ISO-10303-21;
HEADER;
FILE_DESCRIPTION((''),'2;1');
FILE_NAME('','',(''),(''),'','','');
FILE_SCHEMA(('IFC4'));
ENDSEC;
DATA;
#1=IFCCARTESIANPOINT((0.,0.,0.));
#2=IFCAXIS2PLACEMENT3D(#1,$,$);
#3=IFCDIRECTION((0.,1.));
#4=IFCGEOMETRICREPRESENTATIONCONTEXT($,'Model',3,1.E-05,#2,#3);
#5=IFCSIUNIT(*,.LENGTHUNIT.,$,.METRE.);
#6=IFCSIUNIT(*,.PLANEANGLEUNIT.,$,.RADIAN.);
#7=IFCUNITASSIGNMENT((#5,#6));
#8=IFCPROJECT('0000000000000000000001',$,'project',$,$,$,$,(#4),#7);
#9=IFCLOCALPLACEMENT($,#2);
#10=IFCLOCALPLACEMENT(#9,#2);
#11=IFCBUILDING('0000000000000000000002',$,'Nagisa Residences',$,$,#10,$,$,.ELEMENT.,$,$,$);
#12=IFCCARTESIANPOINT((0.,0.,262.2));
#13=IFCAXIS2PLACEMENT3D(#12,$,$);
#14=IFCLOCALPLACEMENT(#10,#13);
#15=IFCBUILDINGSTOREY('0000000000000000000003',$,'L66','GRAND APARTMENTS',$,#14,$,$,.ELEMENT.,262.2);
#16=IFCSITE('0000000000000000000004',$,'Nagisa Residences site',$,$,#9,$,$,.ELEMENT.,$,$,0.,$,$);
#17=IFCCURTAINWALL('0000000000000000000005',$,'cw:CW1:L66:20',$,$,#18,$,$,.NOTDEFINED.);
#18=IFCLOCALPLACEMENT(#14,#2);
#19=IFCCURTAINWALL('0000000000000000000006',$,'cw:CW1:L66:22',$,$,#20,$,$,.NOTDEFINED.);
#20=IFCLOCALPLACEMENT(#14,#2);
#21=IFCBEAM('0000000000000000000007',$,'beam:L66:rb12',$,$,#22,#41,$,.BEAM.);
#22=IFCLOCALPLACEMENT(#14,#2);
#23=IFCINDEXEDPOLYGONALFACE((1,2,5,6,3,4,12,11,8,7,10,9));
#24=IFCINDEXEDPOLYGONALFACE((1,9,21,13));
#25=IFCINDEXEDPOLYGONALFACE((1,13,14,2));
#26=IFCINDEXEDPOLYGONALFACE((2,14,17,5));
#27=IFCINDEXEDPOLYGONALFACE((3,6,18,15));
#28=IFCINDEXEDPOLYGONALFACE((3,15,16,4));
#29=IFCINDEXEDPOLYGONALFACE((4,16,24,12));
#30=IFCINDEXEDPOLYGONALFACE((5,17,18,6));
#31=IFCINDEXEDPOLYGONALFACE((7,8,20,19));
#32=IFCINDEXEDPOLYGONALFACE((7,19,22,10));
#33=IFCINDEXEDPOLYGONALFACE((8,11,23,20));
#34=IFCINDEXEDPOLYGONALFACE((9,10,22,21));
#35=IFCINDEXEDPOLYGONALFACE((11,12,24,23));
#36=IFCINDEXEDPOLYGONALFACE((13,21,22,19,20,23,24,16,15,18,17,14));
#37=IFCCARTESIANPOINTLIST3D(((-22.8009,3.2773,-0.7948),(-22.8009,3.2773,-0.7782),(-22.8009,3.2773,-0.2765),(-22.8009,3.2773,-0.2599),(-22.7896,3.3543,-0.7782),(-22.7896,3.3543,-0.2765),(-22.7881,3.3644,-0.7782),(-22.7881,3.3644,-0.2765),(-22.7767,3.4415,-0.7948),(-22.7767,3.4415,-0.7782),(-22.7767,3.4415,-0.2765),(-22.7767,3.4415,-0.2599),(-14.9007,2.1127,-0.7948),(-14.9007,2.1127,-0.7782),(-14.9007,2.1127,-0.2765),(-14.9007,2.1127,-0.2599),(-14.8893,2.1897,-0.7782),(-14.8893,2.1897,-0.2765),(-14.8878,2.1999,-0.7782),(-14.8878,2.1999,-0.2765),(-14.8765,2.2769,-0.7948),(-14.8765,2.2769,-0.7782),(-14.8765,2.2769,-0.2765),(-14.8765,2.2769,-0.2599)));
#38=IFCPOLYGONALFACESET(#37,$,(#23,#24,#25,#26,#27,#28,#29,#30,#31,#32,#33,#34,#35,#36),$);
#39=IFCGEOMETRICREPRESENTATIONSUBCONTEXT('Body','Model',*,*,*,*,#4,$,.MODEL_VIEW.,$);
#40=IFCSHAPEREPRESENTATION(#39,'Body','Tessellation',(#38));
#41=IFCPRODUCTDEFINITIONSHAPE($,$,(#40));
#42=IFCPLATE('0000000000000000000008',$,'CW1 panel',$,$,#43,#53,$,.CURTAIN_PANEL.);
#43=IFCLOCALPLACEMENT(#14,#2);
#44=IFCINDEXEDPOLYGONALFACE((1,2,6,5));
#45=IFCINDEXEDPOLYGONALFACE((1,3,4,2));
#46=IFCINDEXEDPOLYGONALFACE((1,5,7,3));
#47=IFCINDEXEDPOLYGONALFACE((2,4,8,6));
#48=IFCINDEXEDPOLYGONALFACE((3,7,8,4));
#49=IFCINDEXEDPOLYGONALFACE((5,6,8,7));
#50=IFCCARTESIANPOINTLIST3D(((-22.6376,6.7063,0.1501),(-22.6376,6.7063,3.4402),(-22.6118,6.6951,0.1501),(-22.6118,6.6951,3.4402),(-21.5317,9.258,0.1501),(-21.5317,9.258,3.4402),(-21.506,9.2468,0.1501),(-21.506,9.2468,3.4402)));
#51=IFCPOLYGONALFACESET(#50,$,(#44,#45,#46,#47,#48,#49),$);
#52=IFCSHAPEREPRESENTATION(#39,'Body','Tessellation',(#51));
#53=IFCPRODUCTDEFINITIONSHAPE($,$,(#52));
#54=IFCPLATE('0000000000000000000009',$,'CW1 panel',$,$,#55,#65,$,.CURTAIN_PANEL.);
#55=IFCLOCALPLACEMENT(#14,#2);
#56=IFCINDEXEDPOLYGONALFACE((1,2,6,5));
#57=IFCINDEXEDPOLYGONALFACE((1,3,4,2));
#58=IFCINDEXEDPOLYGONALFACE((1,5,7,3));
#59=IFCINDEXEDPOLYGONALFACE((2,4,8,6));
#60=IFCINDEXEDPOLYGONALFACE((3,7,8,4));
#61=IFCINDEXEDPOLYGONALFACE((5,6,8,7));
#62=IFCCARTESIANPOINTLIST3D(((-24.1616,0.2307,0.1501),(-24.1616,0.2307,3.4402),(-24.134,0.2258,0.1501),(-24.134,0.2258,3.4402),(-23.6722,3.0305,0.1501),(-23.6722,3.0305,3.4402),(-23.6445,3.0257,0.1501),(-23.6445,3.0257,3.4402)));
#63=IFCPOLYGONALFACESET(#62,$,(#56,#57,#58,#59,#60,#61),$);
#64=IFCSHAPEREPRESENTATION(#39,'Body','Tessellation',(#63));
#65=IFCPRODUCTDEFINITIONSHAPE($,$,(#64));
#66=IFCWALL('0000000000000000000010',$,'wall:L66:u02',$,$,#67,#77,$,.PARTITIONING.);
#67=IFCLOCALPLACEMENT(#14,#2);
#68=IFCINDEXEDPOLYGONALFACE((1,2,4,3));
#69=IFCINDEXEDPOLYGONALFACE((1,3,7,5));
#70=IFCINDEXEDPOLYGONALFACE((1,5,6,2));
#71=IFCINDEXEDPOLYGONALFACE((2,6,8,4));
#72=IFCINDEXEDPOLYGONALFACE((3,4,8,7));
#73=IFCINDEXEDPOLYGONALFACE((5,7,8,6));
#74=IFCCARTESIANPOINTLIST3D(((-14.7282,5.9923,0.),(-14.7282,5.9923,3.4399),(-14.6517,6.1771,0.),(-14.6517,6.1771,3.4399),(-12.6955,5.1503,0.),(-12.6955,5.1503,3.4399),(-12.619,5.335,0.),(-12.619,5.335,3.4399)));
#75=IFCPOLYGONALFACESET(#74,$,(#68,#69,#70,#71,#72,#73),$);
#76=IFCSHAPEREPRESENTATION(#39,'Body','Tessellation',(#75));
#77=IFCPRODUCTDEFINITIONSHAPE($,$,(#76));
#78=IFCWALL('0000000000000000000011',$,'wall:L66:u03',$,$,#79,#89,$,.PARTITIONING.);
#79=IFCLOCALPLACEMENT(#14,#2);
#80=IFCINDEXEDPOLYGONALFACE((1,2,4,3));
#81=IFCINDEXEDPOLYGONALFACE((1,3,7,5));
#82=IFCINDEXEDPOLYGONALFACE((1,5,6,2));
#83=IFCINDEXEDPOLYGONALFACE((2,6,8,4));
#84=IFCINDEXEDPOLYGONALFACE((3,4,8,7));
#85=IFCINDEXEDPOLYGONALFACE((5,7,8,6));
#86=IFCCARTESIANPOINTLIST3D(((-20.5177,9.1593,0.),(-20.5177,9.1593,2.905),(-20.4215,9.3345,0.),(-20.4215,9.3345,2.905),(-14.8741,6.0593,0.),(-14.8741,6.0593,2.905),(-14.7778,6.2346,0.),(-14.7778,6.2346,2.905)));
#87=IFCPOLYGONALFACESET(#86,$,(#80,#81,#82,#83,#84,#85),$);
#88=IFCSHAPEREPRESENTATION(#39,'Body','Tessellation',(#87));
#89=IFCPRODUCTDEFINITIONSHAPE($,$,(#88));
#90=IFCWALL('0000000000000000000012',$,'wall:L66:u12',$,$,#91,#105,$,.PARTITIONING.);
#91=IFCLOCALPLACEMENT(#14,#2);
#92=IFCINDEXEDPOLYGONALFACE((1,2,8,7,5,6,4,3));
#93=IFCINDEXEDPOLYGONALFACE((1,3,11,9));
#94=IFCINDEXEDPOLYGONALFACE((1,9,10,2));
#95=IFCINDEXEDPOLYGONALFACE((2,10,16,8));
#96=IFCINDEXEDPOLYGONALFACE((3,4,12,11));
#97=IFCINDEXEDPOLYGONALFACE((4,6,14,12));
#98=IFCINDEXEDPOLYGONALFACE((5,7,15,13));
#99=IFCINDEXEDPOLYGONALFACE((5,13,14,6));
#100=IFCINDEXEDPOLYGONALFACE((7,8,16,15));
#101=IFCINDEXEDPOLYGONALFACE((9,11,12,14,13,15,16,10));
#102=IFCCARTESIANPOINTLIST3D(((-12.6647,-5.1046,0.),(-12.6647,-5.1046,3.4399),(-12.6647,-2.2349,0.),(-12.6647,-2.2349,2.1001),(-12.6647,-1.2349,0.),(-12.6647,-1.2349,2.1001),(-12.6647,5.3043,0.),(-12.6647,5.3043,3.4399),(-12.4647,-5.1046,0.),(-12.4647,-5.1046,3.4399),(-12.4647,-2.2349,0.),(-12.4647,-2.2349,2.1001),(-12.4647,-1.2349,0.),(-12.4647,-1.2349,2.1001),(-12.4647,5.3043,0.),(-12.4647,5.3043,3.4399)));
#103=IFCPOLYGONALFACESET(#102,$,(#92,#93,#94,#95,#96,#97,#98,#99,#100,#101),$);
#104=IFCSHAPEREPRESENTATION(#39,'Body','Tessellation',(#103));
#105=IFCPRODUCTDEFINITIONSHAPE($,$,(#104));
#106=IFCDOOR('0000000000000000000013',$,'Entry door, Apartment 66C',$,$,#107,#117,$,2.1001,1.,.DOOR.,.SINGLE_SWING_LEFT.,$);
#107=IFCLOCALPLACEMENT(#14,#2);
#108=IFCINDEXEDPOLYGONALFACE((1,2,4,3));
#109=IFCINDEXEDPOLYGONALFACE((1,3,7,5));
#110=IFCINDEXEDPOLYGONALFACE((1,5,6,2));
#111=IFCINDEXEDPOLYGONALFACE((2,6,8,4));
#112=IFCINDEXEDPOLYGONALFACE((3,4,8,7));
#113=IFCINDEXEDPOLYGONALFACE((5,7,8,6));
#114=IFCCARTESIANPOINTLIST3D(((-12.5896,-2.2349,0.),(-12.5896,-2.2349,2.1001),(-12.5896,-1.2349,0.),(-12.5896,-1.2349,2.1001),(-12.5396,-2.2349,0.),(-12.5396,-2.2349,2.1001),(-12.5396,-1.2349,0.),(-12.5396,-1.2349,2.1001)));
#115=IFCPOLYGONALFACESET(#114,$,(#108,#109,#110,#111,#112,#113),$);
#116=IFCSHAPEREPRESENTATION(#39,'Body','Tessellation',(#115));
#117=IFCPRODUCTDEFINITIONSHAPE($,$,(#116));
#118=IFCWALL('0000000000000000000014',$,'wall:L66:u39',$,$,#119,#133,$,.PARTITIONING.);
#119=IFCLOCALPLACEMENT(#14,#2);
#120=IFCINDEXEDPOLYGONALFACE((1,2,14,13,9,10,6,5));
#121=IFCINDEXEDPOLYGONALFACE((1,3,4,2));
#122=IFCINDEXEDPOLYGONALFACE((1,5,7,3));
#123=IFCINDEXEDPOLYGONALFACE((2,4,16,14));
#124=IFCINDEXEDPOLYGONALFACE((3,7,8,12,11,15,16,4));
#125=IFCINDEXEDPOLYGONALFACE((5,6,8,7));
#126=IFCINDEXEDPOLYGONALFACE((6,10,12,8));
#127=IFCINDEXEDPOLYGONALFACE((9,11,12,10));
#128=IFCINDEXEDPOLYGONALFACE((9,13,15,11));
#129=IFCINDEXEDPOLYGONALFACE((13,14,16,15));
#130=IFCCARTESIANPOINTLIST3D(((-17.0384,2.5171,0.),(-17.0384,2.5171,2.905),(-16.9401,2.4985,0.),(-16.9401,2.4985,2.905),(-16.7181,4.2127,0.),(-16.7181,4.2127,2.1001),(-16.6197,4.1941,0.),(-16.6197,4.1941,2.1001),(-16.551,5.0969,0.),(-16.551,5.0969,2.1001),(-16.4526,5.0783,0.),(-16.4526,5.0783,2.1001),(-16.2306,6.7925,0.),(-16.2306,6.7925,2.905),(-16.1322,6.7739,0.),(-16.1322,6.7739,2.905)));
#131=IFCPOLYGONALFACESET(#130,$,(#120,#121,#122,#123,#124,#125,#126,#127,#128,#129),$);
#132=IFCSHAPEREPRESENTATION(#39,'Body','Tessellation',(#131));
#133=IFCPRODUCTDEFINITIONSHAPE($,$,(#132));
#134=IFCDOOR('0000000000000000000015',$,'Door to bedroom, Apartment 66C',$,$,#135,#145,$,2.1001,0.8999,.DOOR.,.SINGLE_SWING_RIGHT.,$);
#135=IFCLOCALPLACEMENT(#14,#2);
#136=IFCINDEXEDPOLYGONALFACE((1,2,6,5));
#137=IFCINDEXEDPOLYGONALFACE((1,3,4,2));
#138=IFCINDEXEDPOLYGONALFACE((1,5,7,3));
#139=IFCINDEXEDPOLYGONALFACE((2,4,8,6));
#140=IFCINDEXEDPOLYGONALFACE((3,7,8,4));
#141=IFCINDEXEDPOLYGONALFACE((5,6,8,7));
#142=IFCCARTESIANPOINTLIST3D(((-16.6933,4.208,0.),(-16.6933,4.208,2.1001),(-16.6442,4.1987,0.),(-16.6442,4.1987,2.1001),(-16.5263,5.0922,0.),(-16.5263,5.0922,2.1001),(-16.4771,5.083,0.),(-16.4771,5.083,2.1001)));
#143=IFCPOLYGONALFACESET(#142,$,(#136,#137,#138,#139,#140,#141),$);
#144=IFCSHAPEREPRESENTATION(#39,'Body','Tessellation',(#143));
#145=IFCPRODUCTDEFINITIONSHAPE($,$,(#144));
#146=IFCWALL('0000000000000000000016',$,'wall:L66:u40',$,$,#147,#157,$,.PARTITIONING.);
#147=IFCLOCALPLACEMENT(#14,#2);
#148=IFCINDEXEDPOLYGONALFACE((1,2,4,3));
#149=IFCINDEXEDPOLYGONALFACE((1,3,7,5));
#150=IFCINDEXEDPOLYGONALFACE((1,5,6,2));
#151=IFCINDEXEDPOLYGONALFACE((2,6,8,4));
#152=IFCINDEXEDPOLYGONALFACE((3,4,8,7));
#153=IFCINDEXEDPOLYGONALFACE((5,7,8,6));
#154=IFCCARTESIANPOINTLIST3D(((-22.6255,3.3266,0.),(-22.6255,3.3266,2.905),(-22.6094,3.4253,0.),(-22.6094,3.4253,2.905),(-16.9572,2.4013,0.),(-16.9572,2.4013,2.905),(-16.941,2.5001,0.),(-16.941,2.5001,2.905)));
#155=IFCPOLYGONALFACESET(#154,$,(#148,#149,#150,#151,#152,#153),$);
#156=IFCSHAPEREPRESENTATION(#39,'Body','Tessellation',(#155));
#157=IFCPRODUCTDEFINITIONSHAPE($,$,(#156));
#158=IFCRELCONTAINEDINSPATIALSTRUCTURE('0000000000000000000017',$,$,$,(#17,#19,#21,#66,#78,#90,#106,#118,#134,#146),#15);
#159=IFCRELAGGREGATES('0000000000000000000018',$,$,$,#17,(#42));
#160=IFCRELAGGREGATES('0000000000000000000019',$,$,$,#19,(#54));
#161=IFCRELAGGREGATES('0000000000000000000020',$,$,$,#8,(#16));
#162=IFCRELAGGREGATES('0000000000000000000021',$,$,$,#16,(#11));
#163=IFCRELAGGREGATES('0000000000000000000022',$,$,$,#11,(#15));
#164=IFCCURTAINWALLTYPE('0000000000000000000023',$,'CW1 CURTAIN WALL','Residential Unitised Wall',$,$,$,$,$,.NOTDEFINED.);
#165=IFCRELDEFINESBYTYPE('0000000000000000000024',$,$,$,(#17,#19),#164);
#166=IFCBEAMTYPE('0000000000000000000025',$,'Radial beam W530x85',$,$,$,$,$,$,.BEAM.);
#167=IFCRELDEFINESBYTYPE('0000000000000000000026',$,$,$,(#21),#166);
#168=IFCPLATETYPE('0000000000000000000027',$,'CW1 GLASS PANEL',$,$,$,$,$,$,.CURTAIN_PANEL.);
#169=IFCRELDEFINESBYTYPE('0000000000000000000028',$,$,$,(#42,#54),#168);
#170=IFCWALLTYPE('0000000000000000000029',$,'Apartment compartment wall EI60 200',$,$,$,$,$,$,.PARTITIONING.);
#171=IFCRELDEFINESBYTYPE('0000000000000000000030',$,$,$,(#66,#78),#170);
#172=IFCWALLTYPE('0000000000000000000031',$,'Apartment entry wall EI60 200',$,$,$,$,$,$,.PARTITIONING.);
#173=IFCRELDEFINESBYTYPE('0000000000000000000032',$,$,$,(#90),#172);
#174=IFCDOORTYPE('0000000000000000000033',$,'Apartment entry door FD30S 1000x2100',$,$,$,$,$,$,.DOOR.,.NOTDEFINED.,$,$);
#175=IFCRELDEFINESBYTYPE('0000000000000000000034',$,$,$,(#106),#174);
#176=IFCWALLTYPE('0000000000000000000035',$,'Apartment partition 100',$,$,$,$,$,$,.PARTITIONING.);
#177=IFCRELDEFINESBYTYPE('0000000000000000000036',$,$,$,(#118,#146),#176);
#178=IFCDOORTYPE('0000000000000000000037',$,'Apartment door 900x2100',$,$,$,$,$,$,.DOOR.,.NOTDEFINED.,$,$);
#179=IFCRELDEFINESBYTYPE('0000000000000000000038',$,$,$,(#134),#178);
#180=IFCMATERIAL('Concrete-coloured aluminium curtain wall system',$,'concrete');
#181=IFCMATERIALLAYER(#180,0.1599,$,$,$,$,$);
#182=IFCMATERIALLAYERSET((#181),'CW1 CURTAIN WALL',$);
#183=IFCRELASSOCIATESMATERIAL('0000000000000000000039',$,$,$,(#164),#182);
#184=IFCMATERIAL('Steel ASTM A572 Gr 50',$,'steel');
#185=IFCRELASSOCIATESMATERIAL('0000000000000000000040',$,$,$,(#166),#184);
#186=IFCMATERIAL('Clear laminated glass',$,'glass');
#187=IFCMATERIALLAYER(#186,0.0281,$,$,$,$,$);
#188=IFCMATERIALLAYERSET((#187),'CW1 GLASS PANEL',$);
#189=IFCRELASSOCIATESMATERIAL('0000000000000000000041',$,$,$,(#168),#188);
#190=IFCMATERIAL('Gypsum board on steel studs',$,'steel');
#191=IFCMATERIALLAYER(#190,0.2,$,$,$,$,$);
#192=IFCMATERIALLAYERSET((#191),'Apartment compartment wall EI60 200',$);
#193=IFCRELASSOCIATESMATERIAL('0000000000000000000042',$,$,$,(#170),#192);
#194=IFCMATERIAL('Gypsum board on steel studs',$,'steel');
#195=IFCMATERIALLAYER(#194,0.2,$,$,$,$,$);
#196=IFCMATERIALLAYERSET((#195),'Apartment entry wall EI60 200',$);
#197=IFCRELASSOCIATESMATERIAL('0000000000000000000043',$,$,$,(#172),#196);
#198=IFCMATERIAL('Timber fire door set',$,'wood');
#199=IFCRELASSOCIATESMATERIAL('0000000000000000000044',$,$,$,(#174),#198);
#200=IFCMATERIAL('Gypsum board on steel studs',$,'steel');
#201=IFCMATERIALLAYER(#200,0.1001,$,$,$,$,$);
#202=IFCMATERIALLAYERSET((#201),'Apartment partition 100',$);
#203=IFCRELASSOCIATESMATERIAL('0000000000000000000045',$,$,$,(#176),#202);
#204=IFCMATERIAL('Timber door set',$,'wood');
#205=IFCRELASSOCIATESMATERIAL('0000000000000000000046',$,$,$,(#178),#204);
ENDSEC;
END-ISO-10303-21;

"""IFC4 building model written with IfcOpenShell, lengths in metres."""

from ifc_helpers import new_model, si_unit, direction, frame, frame_2d, origin, origin_2d, place, context, subcontext, project, spatial, rectangle, i_section, extrude, material, layer, layer_set, material_profile, profile_set, type_object, element, fill, aggregate, save


model = new_model("IFC4")

# Units and contexts
model_context = context("Model", 3, precision=1e-05, world=origin(), true_north=direction((0.0, 1.0)))
body_context = subcontext(model_context, "Body", "Model", "MODEL_VIEW")
ifc_project = project(units=[si_unit("LENGTHUNIT", "METRE"), si_unit("PLANEANGLEUNIT", "RADIAN")], contexts=[model_context])

# Site, building, storey
site_placement = place(None, origin())
site = spatial("IfcSite", under=ifc_project, at=site_placement, Name="Nagisa Residences site", CompositionType="ELEMENT", RefElevation=0.0)
building_placement = place(site_placement, origin())
building = spatial("IfcBuilding", under=site, at=building_placement, Name="Nagisa Residences", CompositionType="ELEMENT")
storey_placement = place(building_placement, frame((0.0, 0.0, 262.2)))
storey = spatial("IfcBuildingStorey", under=building, at=storey_placement, Name="L66", Description="GRAND APARTMENTS", CompositionType="ELEMENT", Elevation=262.2)

# Curtain walls
ifc_material_1 = material(Name="Concrete-coloured aluminium curtain wall system", Category="concrete")
ifc_layer_1 = layer(ifc_material_1, 0.1599)
ifc_layer_set_1 = layer_set([ifc_layer_1], Name="CW1 CURTAIN WALL")
curtain_wall_type = type_object("IfcCurtainWallType", Name="CW1 CURTAIN WALL", Description="Residential Unitised Wall", PredefinedType="NOTDEFINED", material=ifc_layer_set_1)
curtain_wall_1_placement = place(storey_placement, origin())
curtain_wall_1 = element("IfcCurtainWall", 1, at=curtain_wall_1_placement, inside=storey, type_object=curtain_wall_type, Name="cw:CW1:L66:20", PredefinedType="NOTDEFINED")
curtain_wall_2_placement = place(storey_placement, origin())
curtain_wall_2 = element("IfcCurtainWall", 2, at=curtain_wall_2_placement, inside=storey, type_object=curtain_wall_type, Name="cw:CW1:L66:22", PredefinedType="NOTDEFINED")

# Beam
ifc_material_2 = material(Name="Steel ASTM A572 Gr 50", Category="steel")
ifc_material_profile_1 = material_profile(ifc_material_2, i_section(OverallWidth=0.166, OverallDepth=0.5349, WebThickness=0.0103, FlangeThickness=0.0166, at=origin_2d()), Name="W530x85")
ifc_profile_set_1 = profile_set([ifc_material_profile_1], Name="Steel ASTM A572 Gr 50")
beam_type_1 = type_object("IfcBeamType", Name="Radial beam W530x85", PredefinedType="BEAM", material=ifc_profile_set_1)
beam_1_placement = place(storey_placement, frame((-22.7888, 3.3594, -0.5273), z_axis=(0.989309, -0.145833, 0.0), x_axis=(0.145833, 0.989309, 0.0)))
element("IfcBeam", 3, at=beam_1_placement, inside=storey, type_object=beam_type_1, Name="beam:L66:rb12", PredefinedType="BEAM", context=body_context, shape_type="SweptSolid", body=[
    extrude(i_section(OverallWidth=0.166, OverallDepth=0.5349, WebThickness=0.0103, FlangeThickness=0.0166, at=origin_2d()), origin(), (0.0, 0.0, 1.0), 7.9856),
])

# Plates
ifc_material_3 = material(Name="Clear laminated glass", Category="glass")
ifc_layer_2 = layer(ifc_material_3, 0.0281)
ifc_layer_set_2 = layer_set([ifc_layer_2], Name="CW1 GLASS PANEL")
plate_type = type_object("IfcPlateType", Name="CW1 GLASS PANEL", PredefinedType="CURTAIN_PANEL", material=ifc_layer_set_2)
plate_1_placement = place(storey_placement, frame((-22.0718, 7.9766, 0.1501), z_axis=(0.0, 0.0, 1.0), x_axis=(-0.397636, -0.917543, 0.0)))
plate_1 = element("IfcPlate", 4, at=plate_1_placement, type_object=plate_type, Name="CW1 panel", PredefinedType="CURTAIN_PANEL", context=body_context, shape_type="SweptSolid", body=[
    extrude(rectangle(XDim=2.781, YDim=0.0281, at=origin_2d()), origin(), (0.0, 0.0, 1.0), 3.29),
])
aggregate(curtain_wall_1, [plate_1])
plate_2_placement = place(storey_placement, frame((-23.9031, 1.6282, 0.1501), z_axis=(0.0, 0.0, 1.0), x_axis=(-0.172191, -0.985064, 0.0)))
plate_2 = element("IfcPlate", 5, at=plate_2_placement, type_object=plate_type, Name="CW1 panel", PredefinedType="CURTAIN_PANEL", context=body_context, shape_type="SweptSolid", body=[
    extrude(rectangle(XDim=2.8423, YDim=0.0281, at=origin_2d()), origin(), (0.0, 0.0, 1.0), 3.29),
])
aggregate(curtain_wall_2, [plate_2])

# Walls
ifc_material_4 = material(Name="Gypsum board on steel studs", Category="steel")
ifc_layer_3 = layer(ifc_material_4, 0.2)
ifc_layer_set_3 = layer_set([ifc_layer_3], Name="Apartment compartment wall EI60 200")
wall_type_1 = type_object("IfcWallType", Name="Apartment compartment wall EI60 200", PredefinedType="PARTITIONING", material=ifc_layer_set_3)
wall_1_placement = place(storey_placement, frame((-12.6572, 5.2427, 0.0), z_axis=(0.0, 0.0, 1.0), x_axis=(-0.923869, 0.382708, 0.0)))
element("IfcWall", 6, at=wall_1_placement, inside=storey, type_object=wall_type_1, Name="wall:L66:u02", PredefinedType="PARTITIONING", context=body_context, shape_type="SweptSolid", body=[
    extrude(rectangle(XDim=2.2002, YDim=0.2, at=frame_2d((1.1001, 0.0))), origin(), (0.0, 0.0, 1.0), 3.4399),
])
wall_2_placement = place(storey_placement, frame((-14.8259, 6.147, 0.0), z_axis=(0.0, 0.0, 1.0), x_axis=(-0.876485, 0.48143, 0.0)))
element("IfcWall", 7, at=wall_2_placement, inside=storey, type_object=wall_type_1, Name="wall:L66:u03", PredefinedType="PARTITIONING", context=body_context, shape_type="SweptSolid", body=[
    extrude(rectangle(XDim=6.439, YDim=0.2, at=frame_2d((3.2195, 0.0))), origin(), (0.0, 0.0, 1.0), 2.905),
])

# Walls, openings, doors
ifc_material_5 = material(Name="Gypsum board on steel studs", Category="steel")
ifc_layer_4 = layer(ifc_material_5, 0.2)
ifc_layer_set_4 = layer_set([ifc_layer_4], Name="Apartment entry wall EI60 200")
wall_type_2 = type_object("IfcWallType", Name="Apartment entry wall EI60 200", PredefinedType="PARTITIONING", material=ifc_layer_set_4)
wall_3_placement = place(storey_placement, frame((-12.5647, 5.3044, 0.0), z_axis=(0.0, 0.0, 1.0), x_axis=(0.0, -1.0, 0.0)))
wall_3 = element("IfcWall", 8, at=wall_3_placement, inside=storey, type_object=wall_type_2, Name="wall:L66:u12", PredefinedType="PARTITIONING", context=body_context, shape_type="SweptSolid", body=[
    extrude(rectangle(XDim=10.4089, YDim=0.2, at=frame_2d((5.2046, 0.0))), origin(), (0.0, 0.0, 1.0), 3.4399),
])
opening_1_placement = place(wall_3_placement, frame((6.5393, 0.0, 0.0)))
opening_1 = element("IfcOpeningElement", 9, at=opening_1_placement, cuts=wall_3, PredefinedType="OPENING", context=body_context, shape_type="SweptSolid", body=[
    extrude(rectangle(XDim=1.0, YDim=2.1001, at=frame_2d((0.5, 1.05))), frame((0.0, 0.1099, 0.0), z_axis=(0.0, -1.0, 0.0), x_axis=(1.0, 0.0, 0.0)), (0.0, 0.0, 1.0), 0.22),
])
ifc_material_6 = material(Name="Timber fire door set", Category="wood")
door_type_1 = type_object("IfcDoorType", Name="Apartment entry door FD30S 1000x2100", OperationType="NOTDEFINED", PredefinedType="DOOR", material=ifc_material_6)
door_1_placement = place(opening_1_placement, frame((1.0, 0.0, 0.0), x_axis=(-1.0, 0.0, 0.0)))
door_1 = element("IfcDoor", 10, at=door_1_placement, inside=storey, type_object=door_type_1, Name="Entry door, Apartment 66C", OperationType="SINGLE_SWING_LEFT", OverallHeight=2.1001, OverallWidth=1.0, PredefinedType="DOOR", context=body_context, shape_type="SweptSolid", body=[
    extrude(rectangle(XDim=1.0, YDim=2.1001, at=frame_2d((0.5, 1.05))), frame((0.0, 0.0249, 0.0), z_axis=(0.0, -1.0, 0.0), x_axis=(1.0, 0.0, 0.0)), (0.0, 0.0, 1.0), 0.05),
])
fill(opening_1, door_1)
ifc_material_7 = material(Name="Gypsum board on steel studs", Category="steel")
ifc_layer_5 = layer(ifc_material_7, 0.1001)
ifc_layer_set_5 = layer_set([ifc_layer_5], Name="Apartment partition 100")
wall_type_3 = type_object("IfcWallType", Name="Apartment partition 100", PredefinedType="PARTITIONING", material=ifc_layer_set_5)
wall_4_placement = place(storey_placement, frame((-16.1814, 6.7832, 0.0), z_axis=(0.0, 0.0, 1.0), x_axis=(-0.185671, -0.982612, 0.0)))
wall_4 = element("IfcWall", 11, at=wall_4_placement, inside=storey, type_object=wall_type_3, Name="wall:L66:u39", PredefinedType="PARTITIONING", context=body_context, shape_type="SweptSolid", body=[
    extrude(rectangle(XDim=4.3511, YDim=0.1001, at=frame_2d((2.1755, 0.0))), origin(), (0.0, 0.0, 1.0), 2.905),
])
opening_2_placement = place(wall_4_placement, frame((1.7256, 0.0, 0.0)))
opening_2 = element("IfcOpeningElement", 12, at=opening_2_placement, cuts=wall_4, PredefinedType="OPENING", context=body_context, shape_type="SweptSolid", body=[
    extrude(rectangle(XDim=0.8999, YDim=2.1001, at=frame_2d((0.45, 1.05))), frame((0.0, 0.0601, 0.0), z_axis=(0.0, -1.0, 0.0), x_axis=(1.0, 0.0, 0.0)), (0.0, 0.0, 1.0), 0.1201),
])
ifc_material_8 = material(Name="Timber door set", Category="wood")
door_type_2 = type_object("IfcDoorType", Name="Apartment door 900x2100", OperationType="NOTDEFINED", PredefinedType="DOOR", material=ifc_material_8)
door_2_placement = place(opening_2_placement, frame((0.8999, 0.0, 0.0), x_axis=(-1.0, 0.0, 0.0)))
door_2 = element("IfcDoor", 13, at=door_2_placement, inside=storey, type_object=door_type_2, Name="Door to bedroom, Apartment 66C", OperationType="SINGLE_SWING_RIGHT", OverallHeight=2.1001, OverallWidth=0.8999, PredefinedType="DOOR", context=body_context, shape_type="SweptSolid", body=[
    extrude(rectangle(XDim=0.8999, YDim=2.1001, at=frame_2d((0.45, 1.05))), frame((0.0, 0.0249, 0.0), z_axis=(0.0, -1.0, 0.0), x_axis=(1.0, 0.0, 0.0)), (0.0, 0.0, 1.0), 0.05),
])
fill(opening_2, door_2)

# Wall
wall_5_placement = place(storey_placement, frame((-16.9492, 2.4507, 0.0), z_axis=(0.0, 0.0, 1.0), x_axis=(-0.986938, 0.161103, 0.0)))
element("IfcWall", 14, at=wall_5_placement, inside=storey, type_object=wall_type_3, Name="wall:L66:u40", PredefinedType="PARTITIONING", context=body_context, shape_type="SweptSolid", body=[
    extrude(rectangle(XDim=5.7434, YDim=0.1001, at=frame_2d((2.8716, 0.0))), origin(), (0.0, 0.0, 1.0), 2.905),
])

save(model, "model.ifc")
